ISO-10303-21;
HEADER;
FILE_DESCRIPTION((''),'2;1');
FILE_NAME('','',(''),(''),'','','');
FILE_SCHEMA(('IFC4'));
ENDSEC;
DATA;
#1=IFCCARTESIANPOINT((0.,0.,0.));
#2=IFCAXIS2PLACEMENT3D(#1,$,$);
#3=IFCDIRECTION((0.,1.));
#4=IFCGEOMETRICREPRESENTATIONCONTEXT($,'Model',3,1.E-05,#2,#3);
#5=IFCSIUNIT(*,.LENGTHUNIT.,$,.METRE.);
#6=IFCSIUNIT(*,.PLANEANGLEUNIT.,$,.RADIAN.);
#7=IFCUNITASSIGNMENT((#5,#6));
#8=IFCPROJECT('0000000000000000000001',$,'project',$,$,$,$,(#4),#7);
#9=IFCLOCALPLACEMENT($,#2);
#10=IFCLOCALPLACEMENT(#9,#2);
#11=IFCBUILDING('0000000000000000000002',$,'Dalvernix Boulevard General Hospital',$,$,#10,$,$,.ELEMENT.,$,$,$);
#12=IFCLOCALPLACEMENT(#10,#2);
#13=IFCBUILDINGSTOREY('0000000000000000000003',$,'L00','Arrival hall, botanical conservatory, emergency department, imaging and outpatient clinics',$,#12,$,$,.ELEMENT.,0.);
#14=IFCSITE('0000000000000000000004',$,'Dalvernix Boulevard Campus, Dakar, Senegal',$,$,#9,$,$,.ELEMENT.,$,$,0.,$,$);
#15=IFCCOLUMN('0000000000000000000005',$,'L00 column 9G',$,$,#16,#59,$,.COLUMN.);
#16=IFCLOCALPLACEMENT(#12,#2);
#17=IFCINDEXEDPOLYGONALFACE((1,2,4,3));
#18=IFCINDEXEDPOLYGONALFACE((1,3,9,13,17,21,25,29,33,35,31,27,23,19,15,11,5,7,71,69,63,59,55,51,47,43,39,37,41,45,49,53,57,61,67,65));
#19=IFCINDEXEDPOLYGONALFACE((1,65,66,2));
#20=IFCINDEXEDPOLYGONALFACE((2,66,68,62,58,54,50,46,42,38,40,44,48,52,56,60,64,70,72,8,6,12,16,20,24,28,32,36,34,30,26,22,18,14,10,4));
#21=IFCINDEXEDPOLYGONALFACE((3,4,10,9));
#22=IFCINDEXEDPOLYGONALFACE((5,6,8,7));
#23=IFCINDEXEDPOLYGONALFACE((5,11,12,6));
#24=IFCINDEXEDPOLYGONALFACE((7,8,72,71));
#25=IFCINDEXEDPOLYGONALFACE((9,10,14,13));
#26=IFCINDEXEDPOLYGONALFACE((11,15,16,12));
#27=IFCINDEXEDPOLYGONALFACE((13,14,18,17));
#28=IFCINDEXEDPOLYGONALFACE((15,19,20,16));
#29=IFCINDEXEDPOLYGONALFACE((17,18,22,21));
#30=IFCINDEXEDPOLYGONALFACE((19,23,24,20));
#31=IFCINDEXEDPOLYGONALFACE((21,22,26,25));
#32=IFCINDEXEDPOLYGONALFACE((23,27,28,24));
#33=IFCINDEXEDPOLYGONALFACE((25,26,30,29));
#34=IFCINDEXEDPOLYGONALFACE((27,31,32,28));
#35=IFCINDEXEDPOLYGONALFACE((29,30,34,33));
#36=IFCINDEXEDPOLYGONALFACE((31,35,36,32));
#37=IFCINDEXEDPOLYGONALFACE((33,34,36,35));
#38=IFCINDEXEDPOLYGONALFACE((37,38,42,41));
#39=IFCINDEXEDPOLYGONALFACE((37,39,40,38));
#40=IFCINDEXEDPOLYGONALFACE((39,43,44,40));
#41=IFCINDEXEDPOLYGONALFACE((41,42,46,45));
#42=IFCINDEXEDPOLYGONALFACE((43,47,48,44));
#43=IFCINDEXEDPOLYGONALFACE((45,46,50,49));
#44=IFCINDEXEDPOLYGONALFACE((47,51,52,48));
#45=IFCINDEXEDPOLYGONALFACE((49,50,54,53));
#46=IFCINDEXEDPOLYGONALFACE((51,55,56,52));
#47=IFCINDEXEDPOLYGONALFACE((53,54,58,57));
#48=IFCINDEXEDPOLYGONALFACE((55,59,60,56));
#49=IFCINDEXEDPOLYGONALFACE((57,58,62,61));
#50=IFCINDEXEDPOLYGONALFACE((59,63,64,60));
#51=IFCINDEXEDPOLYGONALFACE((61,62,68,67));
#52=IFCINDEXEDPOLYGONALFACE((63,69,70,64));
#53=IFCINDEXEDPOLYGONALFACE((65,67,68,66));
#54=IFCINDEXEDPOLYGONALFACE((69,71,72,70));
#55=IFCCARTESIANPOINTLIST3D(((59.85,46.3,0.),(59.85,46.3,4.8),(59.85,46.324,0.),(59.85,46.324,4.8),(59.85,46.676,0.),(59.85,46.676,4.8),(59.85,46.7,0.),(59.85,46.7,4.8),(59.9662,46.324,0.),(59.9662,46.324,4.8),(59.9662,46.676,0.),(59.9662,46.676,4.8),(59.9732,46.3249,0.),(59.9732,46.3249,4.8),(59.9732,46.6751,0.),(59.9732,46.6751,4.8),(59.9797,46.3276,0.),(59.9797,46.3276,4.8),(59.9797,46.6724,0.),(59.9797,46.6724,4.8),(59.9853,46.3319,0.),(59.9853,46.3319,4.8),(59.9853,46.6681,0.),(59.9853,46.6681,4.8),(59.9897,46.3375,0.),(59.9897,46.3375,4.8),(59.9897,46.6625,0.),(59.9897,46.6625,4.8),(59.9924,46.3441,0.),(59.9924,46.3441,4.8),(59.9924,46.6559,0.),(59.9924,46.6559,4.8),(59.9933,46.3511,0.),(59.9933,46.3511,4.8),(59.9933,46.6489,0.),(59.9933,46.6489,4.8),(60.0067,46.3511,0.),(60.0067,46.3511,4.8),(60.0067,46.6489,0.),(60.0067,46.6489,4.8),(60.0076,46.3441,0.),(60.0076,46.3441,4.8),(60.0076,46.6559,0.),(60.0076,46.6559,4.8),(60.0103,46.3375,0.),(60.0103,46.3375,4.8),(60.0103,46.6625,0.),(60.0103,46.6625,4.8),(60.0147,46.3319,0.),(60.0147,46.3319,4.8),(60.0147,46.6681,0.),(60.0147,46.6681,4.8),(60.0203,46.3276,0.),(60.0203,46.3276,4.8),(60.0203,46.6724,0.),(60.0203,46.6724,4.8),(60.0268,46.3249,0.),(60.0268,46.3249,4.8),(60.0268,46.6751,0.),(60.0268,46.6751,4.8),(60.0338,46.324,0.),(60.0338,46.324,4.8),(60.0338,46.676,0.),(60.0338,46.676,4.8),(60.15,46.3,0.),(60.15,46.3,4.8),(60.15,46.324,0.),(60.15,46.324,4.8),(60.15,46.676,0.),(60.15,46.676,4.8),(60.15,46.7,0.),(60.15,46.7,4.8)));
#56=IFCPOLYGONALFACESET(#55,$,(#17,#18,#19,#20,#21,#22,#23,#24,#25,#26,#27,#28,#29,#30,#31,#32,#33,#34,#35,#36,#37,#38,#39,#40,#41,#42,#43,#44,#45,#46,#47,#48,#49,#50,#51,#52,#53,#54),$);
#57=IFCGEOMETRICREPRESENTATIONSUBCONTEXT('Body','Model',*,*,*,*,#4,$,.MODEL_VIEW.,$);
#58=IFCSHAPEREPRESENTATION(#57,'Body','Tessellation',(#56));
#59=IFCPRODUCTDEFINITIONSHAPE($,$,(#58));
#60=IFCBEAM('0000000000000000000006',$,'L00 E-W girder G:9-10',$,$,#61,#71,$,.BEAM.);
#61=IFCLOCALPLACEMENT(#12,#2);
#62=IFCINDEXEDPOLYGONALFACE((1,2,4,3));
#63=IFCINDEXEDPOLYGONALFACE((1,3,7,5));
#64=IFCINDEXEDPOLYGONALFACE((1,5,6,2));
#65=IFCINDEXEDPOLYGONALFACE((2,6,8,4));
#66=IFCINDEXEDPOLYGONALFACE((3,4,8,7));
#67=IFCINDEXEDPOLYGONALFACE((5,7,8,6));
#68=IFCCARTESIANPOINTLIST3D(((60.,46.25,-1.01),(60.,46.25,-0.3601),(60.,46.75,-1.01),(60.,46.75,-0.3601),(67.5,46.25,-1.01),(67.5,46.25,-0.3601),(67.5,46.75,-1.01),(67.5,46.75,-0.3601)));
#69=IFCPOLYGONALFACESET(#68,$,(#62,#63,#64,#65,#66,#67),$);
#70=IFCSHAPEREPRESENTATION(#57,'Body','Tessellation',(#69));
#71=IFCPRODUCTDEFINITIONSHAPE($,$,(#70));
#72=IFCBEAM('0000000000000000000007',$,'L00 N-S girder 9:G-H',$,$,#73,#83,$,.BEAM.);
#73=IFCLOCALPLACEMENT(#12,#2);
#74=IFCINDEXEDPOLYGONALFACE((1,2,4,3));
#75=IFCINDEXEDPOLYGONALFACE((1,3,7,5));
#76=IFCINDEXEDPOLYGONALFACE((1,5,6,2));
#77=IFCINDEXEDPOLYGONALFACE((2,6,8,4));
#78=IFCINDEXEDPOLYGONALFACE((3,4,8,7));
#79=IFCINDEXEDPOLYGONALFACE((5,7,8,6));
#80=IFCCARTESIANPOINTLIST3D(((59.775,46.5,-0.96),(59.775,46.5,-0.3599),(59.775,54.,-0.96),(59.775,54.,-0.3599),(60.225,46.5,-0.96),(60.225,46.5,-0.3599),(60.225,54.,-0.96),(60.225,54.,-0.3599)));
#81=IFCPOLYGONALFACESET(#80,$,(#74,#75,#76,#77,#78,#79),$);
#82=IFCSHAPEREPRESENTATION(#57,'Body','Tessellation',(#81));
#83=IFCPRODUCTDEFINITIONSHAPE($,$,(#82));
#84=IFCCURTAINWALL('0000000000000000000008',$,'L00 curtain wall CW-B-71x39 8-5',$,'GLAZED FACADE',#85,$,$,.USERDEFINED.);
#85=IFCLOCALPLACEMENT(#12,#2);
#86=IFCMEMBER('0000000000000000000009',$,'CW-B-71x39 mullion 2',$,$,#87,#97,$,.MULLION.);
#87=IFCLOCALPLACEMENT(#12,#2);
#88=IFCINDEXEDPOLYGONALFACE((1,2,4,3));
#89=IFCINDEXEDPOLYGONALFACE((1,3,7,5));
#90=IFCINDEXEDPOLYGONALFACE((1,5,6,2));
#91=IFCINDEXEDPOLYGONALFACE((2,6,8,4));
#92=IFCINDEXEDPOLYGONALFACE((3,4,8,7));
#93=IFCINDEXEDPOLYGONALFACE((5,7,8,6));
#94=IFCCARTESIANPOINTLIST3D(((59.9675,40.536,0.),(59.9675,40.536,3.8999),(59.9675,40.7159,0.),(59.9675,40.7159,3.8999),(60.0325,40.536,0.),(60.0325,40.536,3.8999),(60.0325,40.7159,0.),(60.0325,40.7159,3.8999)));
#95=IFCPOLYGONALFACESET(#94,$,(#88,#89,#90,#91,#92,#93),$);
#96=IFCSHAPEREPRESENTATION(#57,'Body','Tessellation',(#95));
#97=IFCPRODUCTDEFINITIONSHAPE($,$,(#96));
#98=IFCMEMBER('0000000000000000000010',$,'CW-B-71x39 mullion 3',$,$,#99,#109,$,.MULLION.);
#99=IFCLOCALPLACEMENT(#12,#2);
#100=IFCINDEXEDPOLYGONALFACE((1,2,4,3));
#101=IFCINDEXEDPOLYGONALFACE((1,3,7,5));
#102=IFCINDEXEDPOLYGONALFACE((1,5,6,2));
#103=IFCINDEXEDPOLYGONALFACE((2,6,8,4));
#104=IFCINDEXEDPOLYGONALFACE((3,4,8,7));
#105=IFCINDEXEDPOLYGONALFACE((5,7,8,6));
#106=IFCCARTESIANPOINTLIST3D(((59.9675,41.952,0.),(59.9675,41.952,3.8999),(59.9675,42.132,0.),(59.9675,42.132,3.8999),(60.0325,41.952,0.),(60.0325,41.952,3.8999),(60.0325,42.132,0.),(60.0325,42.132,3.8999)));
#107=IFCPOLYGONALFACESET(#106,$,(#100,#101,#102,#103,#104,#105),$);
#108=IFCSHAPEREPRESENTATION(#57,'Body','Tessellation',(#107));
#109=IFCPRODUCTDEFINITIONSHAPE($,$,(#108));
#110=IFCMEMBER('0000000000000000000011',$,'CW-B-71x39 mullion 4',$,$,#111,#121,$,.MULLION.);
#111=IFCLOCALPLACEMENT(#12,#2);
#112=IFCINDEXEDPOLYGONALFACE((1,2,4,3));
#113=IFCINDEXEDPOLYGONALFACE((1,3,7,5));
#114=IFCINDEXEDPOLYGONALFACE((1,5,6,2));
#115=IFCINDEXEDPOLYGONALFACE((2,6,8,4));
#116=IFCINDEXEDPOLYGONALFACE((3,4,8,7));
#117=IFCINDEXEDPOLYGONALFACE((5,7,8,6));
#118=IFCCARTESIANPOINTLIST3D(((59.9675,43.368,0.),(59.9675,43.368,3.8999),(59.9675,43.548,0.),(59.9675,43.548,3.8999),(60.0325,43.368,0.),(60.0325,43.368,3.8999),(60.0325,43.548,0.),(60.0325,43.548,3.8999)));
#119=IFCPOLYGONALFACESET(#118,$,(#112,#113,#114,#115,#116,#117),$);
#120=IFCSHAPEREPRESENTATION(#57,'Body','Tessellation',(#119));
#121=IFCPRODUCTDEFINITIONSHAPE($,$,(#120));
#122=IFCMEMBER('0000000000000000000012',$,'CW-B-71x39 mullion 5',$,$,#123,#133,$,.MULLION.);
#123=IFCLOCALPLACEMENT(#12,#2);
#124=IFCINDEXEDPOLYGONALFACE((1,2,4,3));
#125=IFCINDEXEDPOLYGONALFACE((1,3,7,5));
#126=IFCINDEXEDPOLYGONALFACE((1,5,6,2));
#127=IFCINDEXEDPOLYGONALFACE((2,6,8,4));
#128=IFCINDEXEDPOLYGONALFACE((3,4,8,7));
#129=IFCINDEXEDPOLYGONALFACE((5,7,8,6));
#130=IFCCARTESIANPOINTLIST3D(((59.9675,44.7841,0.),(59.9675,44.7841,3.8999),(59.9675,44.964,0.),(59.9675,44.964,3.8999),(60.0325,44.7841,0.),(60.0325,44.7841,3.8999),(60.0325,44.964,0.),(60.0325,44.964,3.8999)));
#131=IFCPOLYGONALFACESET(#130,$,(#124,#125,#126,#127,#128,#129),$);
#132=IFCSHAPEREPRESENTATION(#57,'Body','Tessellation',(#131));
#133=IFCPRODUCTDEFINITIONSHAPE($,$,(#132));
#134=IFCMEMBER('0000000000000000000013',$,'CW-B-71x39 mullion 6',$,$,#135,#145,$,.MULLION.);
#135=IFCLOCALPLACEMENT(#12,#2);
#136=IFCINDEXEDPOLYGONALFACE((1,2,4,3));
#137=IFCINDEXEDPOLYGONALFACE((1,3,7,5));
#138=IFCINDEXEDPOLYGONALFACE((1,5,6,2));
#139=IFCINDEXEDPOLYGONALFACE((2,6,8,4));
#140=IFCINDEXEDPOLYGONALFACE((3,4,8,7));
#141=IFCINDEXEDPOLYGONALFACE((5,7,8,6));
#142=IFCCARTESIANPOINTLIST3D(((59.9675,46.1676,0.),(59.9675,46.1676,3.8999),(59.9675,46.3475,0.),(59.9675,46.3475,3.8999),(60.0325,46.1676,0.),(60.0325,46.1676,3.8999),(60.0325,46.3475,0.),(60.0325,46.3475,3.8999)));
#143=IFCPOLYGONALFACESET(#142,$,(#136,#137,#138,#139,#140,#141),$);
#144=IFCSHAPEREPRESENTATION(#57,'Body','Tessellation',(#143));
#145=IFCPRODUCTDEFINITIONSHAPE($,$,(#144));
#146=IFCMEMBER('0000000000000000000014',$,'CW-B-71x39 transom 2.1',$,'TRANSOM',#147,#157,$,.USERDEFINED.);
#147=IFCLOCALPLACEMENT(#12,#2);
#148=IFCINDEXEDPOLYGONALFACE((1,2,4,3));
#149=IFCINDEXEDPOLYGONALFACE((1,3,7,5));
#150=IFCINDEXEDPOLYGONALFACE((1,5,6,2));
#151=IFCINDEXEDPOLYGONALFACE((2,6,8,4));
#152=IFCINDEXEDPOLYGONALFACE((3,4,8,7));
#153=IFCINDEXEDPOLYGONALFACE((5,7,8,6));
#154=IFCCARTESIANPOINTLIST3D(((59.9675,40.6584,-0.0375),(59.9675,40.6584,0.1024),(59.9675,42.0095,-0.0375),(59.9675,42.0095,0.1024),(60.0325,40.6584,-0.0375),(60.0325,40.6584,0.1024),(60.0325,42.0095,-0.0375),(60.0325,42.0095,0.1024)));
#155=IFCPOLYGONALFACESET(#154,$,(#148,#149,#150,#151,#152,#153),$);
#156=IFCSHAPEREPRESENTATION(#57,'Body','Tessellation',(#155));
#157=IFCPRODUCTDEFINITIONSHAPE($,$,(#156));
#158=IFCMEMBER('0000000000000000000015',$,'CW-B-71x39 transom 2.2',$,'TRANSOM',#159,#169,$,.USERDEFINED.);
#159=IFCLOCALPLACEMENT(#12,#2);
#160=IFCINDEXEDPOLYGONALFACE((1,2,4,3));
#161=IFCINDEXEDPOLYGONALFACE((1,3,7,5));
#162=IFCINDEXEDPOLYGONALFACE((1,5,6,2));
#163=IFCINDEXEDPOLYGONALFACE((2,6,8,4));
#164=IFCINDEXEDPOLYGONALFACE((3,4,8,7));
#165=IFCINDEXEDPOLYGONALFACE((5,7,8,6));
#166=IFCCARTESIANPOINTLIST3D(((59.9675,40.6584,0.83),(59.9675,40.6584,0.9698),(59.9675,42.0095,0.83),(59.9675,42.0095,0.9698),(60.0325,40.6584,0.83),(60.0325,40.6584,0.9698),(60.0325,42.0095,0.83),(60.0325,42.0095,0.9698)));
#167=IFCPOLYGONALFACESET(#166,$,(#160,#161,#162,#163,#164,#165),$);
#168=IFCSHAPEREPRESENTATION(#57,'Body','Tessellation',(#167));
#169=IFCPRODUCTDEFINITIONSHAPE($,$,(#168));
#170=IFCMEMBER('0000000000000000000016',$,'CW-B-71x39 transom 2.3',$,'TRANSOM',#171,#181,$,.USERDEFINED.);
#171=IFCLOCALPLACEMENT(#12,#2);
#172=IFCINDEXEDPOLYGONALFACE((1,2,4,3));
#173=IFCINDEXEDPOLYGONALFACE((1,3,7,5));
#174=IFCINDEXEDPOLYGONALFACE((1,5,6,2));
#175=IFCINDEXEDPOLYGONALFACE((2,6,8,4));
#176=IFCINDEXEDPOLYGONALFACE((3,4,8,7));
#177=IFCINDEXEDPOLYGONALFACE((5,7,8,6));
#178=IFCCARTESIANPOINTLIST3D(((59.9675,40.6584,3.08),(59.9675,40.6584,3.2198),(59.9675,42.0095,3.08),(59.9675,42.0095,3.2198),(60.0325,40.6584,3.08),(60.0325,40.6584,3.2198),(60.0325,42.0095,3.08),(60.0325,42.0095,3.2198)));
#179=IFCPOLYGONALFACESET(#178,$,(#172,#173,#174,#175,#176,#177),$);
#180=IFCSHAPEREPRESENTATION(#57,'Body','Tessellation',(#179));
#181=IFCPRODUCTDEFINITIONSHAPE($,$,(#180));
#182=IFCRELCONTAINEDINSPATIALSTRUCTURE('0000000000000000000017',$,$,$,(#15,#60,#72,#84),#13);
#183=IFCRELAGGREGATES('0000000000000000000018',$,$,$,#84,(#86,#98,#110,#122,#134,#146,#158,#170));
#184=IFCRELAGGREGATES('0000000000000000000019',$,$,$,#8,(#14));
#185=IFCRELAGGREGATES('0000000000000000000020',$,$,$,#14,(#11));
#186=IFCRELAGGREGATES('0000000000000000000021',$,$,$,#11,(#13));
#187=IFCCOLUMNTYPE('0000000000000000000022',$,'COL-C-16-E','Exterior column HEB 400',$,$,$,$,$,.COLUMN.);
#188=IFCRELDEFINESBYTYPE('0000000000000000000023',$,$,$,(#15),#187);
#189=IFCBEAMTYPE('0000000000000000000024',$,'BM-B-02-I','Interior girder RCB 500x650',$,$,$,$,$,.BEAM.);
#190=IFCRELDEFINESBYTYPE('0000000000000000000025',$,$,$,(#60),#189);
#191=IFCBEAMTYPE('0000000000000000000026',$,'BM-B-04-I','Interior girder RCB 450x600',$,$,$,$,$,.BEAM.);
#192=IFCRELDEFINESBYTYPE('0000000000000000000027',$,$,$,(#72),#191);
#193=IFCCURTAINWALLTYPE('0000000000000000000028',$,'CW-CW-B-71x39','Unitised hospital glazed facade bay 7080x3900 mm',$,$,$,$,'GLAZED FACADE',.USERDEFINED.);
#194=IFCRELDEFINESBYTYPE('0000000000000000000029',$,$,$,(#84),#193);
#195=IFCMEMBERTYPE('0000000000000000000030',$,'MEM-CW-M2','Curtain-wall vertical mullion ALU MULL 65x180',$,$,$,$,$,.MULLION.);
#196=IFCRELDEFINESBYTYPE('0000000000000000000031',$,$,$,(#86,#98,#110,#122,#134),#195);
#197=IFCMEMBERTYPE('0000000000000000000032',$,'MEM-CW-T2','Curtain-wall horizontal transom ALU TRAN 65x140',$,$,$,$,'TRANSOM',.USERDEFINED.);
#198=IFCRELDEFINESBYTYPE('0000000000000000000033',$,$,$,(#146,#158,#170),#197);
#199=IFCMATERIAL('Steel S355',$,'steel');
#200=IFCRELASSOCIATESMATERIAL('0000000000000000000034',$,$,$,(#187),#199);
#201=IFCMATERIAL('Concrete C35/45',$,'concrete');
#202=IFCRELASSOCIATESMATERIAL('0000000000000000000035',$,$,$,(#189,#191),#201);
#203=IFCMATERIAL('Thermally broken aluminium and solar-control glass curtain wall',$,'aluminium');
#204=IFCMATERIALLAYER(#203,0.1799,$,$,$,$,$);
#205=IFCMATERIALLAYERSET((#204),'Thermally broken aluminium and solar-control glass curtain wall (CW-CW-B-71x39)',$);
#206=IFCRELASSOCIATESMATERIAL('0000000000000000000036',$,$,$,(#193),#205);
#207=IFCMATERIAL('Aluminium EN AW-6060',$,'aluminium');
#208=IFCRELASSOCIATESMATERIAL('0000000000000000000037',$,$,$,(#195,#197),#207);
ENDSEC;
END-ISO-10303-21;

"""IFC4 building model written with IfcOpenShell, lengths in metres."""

from ifc_helpers import new_model, si_unit, direction, frame, origin, origin_2d, place, context, subcontext, project, spatial, rectangle, i_section, extrude, material, layer, layer_set, material_profile, profile_set, type_object, element, aggregate, save


model = new_model("IFC4")

# Units and contexts
model_context = context("Model", 3, precision=1e-05, world=origin(), true_north=direction((0.0, 1.0)))
body_context = subcontext(model_context, "Body", "Model", "MODEL_VIEW")
ifc_project = project(units=[si_unit("LENGTHUNIT", "METRE"), si_unit("PLANEANGLEUNIT", "RADIAN")], contexts=[model_context])

# Site, building, storey
site_placement = place(None, origin())
site = spatial("IfcSite", under=ifc_project, at=site_placement, Name="Dalvernix Boulevard Campus, Dakar, Senegal", CompositionType="ELEMENT", RefElevation=0.0)
building_placement = place(site_placement, origin())
building = spatial("IfcBuilding", under=site, at=building_placement, Name="Dalvernix Boulevard General Hospital", CompositionType="ELEMENT")
storey_placement = place(building_placement, origin())
storey = spatial("IfcBuildingStorey", under=building, at=storey_placement, Name="L00", Description="Arrival hall, botanical conservatory, emergency department, imaging and outpatient clinics", CompositionType="ELEMENT", Elevation=0.0)

# Column
ifc_material_1 = material(Name="Steel S355", Category="steel")
ifc_material_profile_1 = material_profile(ifc_material_1, i_section(OverallWidth=0.3, OverallDepth=0.3999, WebThickness=0.0134, FlangeThickness=0.0239, FilletRadius=0.0271, at=origin_2d()), Name="HEB 400")
ifc_profile_set_1 = profile_set([ifc_material_profile_1], Name="Steel S355")
column_type = type_object("IfcColumnType", Name="COL-C-16-E", Description="Exterior column HEB 400", PredefinedType="COLUMN", material=ifc_profile_set_1)
column_placement = place(storey_placement, frame((60.0, 46.5, 0.0), z_axis=(0.0, 0.0, 1.0), x_axis=(1.0, 0.0, 0.0)))
element("IfcColumn", 1, at=column_placement, inside=storey, type_object=column_type, Name="L00 column 9G", PredefinedType="COLUMN", context=body_context, shape_type="SweptSolid", body=[
    extrude(i_section(OverallWidth=0.3, OverallDepth=0.3999, WebThickness=0.0134, FlangeThickness=0.0239, FilletRadius=0.0271, at=origin_2d()), origin(), (0.0, 0.0, 1.0), 4.8),
])

# Beams
ifc_material_2 = material(Name="Concrete C35/45", Category="concrete")
ifc_material_profile_2 = material_profile(ifc_material_2, rectangle(XDim=0.5, YDim=0.6499, at=origin_2d()), Name="RCB 500x650")
ifc_profile_set_2 = profile_set([ifc_material_profile_2], Name="Concrete C35/45")
beam_type_1 = type_object("IfcBeamType", Name="BM-B-02-I", Description="Interior girder RCB 500x650", PredefinedType="BEAM", material=ifc_profile_set_2)
beam_1_placement = place(storey_placement, frame((60.0, 46.5, -0.6851), z_axis=(1.0, 0.0, 0.0), x_axis=(0.0, 1.0, 0.0)))
element("IfcBeam", 2, at=beam_1_placement, inside=storey, type_object=beam_type_1, Name="L00 E-W girder G:9-10", PredefinedType="BEAM", context=body_context, shape_type="SweptSolid", body=[
    extrude(rectangle(XDim=0.5, YDim=0.6499, at=origin_2d()), origin(), (0.0, 0.0, 1.0), 7.5),
])
ifc_material_profile_3 = material_profile(ifc_material_2, rectangle(XDim=0.45, YDim=0.6001, at=origin_2d()), Name="RCB 450x600")
ifc_profile_set_3 = profile_set([ifc_material_profile_3], Name="Concrete C35/45")
beam_type_2 = type_object("IfcBeamType", Name="BM-B-04-I", Description="Interior girder RCB 450x600", PredefinedType="BEAM", material=ifc_profile_set_3)
beam_2_placement = place(storey_placement, frame((60.0, 46.5, -0.6599), z_axis=(0.0, 1.0, 0.0), x_axis=(-1.0, 0.0, 0.0)))
element("IfcBeam", 3, at=beam_2_placement, inside=storey, type_object=beam_type_2, Name="L00 N-S girder 9:G-H", PredefinedType="BEAM", context=body_context, shape_type="SweptSolid", body=[
    extrude(rectangle(XDim=0.45, YDim=0.6001, at=origin_2d()), origin(), (0.0, 0.0, 1.0), 7.5),
])

# Curtain wall, members
ifc_material_3 = material(Name="Thermally broken aluminium and solar-control glass curtain wall", Category="aluminium")
ifc_layer_1 = layer(ifc_material_3, 0.1799)
ifc_layer_set_1 = layer_set([ifc_layer_1], Name="Thermally broken aluminium and solar-control glass curtain wall (CW-CW-B-71x39)")
curtain_wall_type = type_object("IfcCurtainWallType", Name="CW-CW-B-71x39", Description="Unitised hospital glazed facade bay 7080x3900 mm", ElementType="GLAZED FACADE", PredefinedType="USERDEFINED", material=ifc_layer_set_1)
curtain_wall_placement = place(storey_placement, origin())
curtain_wall = element("IfcCurtainWall", 4, at=curtain_wall_placement, inside=storey, type_object=curtain_wall_type, Name="L00 curtain wall CW-B-71x39 8-5", ObjectType="GLAZED FACADE", PredefinedType="USERDEFINED")
ifc_material_4 = material(Name="Aluminium EN AW-6060", Category="aluminium")
ifc_material_profile_4 = material_profile(ifc_material_4, rectangle(XDim=0.0649, YDim=0.1799, at=origin_2d()), Name="ALU MULL 65x180")
ifc_profile_set_4 = profile_set([ifc_material_profile_4], Name="Aluminium EN AW-6060")
member_type_1 = type_object("IfcMemberType", Name="MEM-CW-M2", Description="Curtain-wall vertical mullion ALU MULL 65x180", PredefinedType="MULLION", material=ifc_profile_set_4)
member_1_placement = place(storey_placement, frame((60.0, 40.626, 0.0), z_axis=(0.0, 0.0, 1.0), x_axis=(-1.0, 0.0, 0.0)))
member_1 = element("IfcMember", 5, at=member_1_placement, type_object=member_type_1, Name="CW-B-71x39 mullion 2", PredefinedType="MULLION", context=body_context, shape_type="SweptSolid", body=[
    extrude(rectangle(XDim=0.0649, YDim=0.1799, at=origin_2d()), origin(), (0.0, 0.0, 1.0), 3.8999),
])
member_2_placement = place(storey_placement, frame((60.0, 42.042, 0.0), z_axis=(0.0, 0.0, 1.0), x_axis=(-1.0, 0.0, 0.0)))
member_2 = element("IfcMember", 6, at=member_2_placement, type_object=member_type_1, Name="CW-B-71x39 mullion 3", PredefinedType="MULLION", context=body_context, shape_type="SweptSolid", body=[
    extrude(rectangle(XDim=0.0649, YDim=0.1799, at=origin_2d()), origin(), (0.0, 0.0, 1.0), 3.8999),
])
member_3_placement = place(storey_placement, frame((60.0, 43.458, 0.0), z_axis=(0.0, 0.0, 1.0), x_axis=(-1.0, 0.0, 0.0)))
member_3 = element("IfcMember", 7, at=member_3_placement, type_object=member_type_1, Name="CW-B-71x39 mullion 4", PredefinedType="MULLION", context=body_context, shape_type="SweptSolid", body=[
    extrude(rectangle(XDim=0.0649, YDim=0.1799, at=origin_2d()), origin(), (0.0, 0.0, 1.0), 3.8999),
])
member_4_placement = place(storey_placement, frame((60.0, 44.874, 0.0), z_axis=(0.0, 0.0, 1.0), x_axis=(-1.0, 0.0, 0.0)))
member_4 = element("IfcMember", 8, at=member_4_placement, type_object=member_type_1, Name="CW-B-71x39 mullion 5", PredefinedType="MULLION", context=body_context, shape_type="SweptSolid", body=[
    extrude(rectangle(XDim=0.0649, YDim=0.1799, at=origin_2d()), origin(), (0.0, 0.0, 1.0), 3.8999),
])
member_5_placement = place(storey_placement, frame((60.0, 46.2576, 0.0), z_axis=(0.0, 0.0, 1.0), x_axis=(-1.0, 0.0, 0.0)))
member_5 = element("IfcMember", 9, at=member_5_placement, type_object=member_type_1, Name="CW-B-71x39 mullion 6", PredefinedType="MULLION", context=body_context, shape_type="SweptSolid", body=[
    extrude(rectangle(XDim=0.0649, YDim=0.1799, at=origin_2d()), origin(), (0.0, 0.0, 1.0), 3.8999),
])
ifc_material_profile_5 = material_profile(ifc_material_4, rectangle(XDim=0.0649, YDim=0.1399, at=origin_2d()), Name="ALU TRAN 65x140")
ifc_profile_set_5 = profile_set([ifc_material_profile_5], Name="Aluminium EN AW-6060")
member_type_2 = type_object("IfcMemberType", Name="MEM-CW-T2", Description="Curtain-wall horizontal transom ALU TRAN 65x140", ElementType="TRANSOM", PredefinedType="USERDEFINED", material=ifc_profile_set_5)
member_6_placement = place(storey_placement, frame((60.0, 40.6584, 0.0325), z_axis=(0.0, 1.0, 0.0), x_axis=(-1.0, 0.0, 0.0)))
member_6 = element("IfcMember", 10, at=member_6_placement, type_object=member_type_2, Name="CW-B-71x39 transom 2.1", ObjectType="TRANSOM", PredefinedType="USERDEFINED", context=body_context, shape_type="SweptSolid", body=[
    extrude(rectangle(XDim=0.0649, YDim=0.1399, at=origin_2d()), origin(), (0.0, 0.0, 1.0), 1.3511),
])
member_7_placement = place(storey_placement, frame((60.0, 40.6584, 0.8999), z_axis=(0.0, 1.0, 0.0), x_axis=(-1.0, 0.0, 0.0)))
member_7 = element("IfcMember", 11, at=member_7_placement, type_object=member_type_2, Name="CW-B-71x39 transom 2.2", ObjectType="TRANSOM", PredefinedType="USERDEFINED", context=body_context, shape_type="SweptSolid", body=[
    extrude(rectangle(XDim=0.0649, YDim=0.1399, at=origin_2d()), origin(), (0.0, 0.0, 1.0), 1.3511),
])
member_8_placement = place(storey_placement, frame((60.0, 40.6584, 3.1499), z_axis=(0.0, 1.0, 0.0), x_axis=(-1.0, 0.0, 0.0)))
member_8 = element("IfcMember", 12, at=member_8_placement, type_object=member_type_2, Name="CW-B-71x39 transom 2.3", ObjectType="TRANSOM", PredefinedType="USERDEFINED", context=body_context, shape_type="SweptSolid", body=[
    extrude(rectangle(XDim=0.0649, YDim=0.1399, at=origin_2d()), origin(), (0.0, 0.0, 1.0), 1.3511),
])
aggregate(curtain_wall, [member_1, member_2, member_3, member_4, member_5, member_6, member_7, member_8])

save(model, "model.ifc")
